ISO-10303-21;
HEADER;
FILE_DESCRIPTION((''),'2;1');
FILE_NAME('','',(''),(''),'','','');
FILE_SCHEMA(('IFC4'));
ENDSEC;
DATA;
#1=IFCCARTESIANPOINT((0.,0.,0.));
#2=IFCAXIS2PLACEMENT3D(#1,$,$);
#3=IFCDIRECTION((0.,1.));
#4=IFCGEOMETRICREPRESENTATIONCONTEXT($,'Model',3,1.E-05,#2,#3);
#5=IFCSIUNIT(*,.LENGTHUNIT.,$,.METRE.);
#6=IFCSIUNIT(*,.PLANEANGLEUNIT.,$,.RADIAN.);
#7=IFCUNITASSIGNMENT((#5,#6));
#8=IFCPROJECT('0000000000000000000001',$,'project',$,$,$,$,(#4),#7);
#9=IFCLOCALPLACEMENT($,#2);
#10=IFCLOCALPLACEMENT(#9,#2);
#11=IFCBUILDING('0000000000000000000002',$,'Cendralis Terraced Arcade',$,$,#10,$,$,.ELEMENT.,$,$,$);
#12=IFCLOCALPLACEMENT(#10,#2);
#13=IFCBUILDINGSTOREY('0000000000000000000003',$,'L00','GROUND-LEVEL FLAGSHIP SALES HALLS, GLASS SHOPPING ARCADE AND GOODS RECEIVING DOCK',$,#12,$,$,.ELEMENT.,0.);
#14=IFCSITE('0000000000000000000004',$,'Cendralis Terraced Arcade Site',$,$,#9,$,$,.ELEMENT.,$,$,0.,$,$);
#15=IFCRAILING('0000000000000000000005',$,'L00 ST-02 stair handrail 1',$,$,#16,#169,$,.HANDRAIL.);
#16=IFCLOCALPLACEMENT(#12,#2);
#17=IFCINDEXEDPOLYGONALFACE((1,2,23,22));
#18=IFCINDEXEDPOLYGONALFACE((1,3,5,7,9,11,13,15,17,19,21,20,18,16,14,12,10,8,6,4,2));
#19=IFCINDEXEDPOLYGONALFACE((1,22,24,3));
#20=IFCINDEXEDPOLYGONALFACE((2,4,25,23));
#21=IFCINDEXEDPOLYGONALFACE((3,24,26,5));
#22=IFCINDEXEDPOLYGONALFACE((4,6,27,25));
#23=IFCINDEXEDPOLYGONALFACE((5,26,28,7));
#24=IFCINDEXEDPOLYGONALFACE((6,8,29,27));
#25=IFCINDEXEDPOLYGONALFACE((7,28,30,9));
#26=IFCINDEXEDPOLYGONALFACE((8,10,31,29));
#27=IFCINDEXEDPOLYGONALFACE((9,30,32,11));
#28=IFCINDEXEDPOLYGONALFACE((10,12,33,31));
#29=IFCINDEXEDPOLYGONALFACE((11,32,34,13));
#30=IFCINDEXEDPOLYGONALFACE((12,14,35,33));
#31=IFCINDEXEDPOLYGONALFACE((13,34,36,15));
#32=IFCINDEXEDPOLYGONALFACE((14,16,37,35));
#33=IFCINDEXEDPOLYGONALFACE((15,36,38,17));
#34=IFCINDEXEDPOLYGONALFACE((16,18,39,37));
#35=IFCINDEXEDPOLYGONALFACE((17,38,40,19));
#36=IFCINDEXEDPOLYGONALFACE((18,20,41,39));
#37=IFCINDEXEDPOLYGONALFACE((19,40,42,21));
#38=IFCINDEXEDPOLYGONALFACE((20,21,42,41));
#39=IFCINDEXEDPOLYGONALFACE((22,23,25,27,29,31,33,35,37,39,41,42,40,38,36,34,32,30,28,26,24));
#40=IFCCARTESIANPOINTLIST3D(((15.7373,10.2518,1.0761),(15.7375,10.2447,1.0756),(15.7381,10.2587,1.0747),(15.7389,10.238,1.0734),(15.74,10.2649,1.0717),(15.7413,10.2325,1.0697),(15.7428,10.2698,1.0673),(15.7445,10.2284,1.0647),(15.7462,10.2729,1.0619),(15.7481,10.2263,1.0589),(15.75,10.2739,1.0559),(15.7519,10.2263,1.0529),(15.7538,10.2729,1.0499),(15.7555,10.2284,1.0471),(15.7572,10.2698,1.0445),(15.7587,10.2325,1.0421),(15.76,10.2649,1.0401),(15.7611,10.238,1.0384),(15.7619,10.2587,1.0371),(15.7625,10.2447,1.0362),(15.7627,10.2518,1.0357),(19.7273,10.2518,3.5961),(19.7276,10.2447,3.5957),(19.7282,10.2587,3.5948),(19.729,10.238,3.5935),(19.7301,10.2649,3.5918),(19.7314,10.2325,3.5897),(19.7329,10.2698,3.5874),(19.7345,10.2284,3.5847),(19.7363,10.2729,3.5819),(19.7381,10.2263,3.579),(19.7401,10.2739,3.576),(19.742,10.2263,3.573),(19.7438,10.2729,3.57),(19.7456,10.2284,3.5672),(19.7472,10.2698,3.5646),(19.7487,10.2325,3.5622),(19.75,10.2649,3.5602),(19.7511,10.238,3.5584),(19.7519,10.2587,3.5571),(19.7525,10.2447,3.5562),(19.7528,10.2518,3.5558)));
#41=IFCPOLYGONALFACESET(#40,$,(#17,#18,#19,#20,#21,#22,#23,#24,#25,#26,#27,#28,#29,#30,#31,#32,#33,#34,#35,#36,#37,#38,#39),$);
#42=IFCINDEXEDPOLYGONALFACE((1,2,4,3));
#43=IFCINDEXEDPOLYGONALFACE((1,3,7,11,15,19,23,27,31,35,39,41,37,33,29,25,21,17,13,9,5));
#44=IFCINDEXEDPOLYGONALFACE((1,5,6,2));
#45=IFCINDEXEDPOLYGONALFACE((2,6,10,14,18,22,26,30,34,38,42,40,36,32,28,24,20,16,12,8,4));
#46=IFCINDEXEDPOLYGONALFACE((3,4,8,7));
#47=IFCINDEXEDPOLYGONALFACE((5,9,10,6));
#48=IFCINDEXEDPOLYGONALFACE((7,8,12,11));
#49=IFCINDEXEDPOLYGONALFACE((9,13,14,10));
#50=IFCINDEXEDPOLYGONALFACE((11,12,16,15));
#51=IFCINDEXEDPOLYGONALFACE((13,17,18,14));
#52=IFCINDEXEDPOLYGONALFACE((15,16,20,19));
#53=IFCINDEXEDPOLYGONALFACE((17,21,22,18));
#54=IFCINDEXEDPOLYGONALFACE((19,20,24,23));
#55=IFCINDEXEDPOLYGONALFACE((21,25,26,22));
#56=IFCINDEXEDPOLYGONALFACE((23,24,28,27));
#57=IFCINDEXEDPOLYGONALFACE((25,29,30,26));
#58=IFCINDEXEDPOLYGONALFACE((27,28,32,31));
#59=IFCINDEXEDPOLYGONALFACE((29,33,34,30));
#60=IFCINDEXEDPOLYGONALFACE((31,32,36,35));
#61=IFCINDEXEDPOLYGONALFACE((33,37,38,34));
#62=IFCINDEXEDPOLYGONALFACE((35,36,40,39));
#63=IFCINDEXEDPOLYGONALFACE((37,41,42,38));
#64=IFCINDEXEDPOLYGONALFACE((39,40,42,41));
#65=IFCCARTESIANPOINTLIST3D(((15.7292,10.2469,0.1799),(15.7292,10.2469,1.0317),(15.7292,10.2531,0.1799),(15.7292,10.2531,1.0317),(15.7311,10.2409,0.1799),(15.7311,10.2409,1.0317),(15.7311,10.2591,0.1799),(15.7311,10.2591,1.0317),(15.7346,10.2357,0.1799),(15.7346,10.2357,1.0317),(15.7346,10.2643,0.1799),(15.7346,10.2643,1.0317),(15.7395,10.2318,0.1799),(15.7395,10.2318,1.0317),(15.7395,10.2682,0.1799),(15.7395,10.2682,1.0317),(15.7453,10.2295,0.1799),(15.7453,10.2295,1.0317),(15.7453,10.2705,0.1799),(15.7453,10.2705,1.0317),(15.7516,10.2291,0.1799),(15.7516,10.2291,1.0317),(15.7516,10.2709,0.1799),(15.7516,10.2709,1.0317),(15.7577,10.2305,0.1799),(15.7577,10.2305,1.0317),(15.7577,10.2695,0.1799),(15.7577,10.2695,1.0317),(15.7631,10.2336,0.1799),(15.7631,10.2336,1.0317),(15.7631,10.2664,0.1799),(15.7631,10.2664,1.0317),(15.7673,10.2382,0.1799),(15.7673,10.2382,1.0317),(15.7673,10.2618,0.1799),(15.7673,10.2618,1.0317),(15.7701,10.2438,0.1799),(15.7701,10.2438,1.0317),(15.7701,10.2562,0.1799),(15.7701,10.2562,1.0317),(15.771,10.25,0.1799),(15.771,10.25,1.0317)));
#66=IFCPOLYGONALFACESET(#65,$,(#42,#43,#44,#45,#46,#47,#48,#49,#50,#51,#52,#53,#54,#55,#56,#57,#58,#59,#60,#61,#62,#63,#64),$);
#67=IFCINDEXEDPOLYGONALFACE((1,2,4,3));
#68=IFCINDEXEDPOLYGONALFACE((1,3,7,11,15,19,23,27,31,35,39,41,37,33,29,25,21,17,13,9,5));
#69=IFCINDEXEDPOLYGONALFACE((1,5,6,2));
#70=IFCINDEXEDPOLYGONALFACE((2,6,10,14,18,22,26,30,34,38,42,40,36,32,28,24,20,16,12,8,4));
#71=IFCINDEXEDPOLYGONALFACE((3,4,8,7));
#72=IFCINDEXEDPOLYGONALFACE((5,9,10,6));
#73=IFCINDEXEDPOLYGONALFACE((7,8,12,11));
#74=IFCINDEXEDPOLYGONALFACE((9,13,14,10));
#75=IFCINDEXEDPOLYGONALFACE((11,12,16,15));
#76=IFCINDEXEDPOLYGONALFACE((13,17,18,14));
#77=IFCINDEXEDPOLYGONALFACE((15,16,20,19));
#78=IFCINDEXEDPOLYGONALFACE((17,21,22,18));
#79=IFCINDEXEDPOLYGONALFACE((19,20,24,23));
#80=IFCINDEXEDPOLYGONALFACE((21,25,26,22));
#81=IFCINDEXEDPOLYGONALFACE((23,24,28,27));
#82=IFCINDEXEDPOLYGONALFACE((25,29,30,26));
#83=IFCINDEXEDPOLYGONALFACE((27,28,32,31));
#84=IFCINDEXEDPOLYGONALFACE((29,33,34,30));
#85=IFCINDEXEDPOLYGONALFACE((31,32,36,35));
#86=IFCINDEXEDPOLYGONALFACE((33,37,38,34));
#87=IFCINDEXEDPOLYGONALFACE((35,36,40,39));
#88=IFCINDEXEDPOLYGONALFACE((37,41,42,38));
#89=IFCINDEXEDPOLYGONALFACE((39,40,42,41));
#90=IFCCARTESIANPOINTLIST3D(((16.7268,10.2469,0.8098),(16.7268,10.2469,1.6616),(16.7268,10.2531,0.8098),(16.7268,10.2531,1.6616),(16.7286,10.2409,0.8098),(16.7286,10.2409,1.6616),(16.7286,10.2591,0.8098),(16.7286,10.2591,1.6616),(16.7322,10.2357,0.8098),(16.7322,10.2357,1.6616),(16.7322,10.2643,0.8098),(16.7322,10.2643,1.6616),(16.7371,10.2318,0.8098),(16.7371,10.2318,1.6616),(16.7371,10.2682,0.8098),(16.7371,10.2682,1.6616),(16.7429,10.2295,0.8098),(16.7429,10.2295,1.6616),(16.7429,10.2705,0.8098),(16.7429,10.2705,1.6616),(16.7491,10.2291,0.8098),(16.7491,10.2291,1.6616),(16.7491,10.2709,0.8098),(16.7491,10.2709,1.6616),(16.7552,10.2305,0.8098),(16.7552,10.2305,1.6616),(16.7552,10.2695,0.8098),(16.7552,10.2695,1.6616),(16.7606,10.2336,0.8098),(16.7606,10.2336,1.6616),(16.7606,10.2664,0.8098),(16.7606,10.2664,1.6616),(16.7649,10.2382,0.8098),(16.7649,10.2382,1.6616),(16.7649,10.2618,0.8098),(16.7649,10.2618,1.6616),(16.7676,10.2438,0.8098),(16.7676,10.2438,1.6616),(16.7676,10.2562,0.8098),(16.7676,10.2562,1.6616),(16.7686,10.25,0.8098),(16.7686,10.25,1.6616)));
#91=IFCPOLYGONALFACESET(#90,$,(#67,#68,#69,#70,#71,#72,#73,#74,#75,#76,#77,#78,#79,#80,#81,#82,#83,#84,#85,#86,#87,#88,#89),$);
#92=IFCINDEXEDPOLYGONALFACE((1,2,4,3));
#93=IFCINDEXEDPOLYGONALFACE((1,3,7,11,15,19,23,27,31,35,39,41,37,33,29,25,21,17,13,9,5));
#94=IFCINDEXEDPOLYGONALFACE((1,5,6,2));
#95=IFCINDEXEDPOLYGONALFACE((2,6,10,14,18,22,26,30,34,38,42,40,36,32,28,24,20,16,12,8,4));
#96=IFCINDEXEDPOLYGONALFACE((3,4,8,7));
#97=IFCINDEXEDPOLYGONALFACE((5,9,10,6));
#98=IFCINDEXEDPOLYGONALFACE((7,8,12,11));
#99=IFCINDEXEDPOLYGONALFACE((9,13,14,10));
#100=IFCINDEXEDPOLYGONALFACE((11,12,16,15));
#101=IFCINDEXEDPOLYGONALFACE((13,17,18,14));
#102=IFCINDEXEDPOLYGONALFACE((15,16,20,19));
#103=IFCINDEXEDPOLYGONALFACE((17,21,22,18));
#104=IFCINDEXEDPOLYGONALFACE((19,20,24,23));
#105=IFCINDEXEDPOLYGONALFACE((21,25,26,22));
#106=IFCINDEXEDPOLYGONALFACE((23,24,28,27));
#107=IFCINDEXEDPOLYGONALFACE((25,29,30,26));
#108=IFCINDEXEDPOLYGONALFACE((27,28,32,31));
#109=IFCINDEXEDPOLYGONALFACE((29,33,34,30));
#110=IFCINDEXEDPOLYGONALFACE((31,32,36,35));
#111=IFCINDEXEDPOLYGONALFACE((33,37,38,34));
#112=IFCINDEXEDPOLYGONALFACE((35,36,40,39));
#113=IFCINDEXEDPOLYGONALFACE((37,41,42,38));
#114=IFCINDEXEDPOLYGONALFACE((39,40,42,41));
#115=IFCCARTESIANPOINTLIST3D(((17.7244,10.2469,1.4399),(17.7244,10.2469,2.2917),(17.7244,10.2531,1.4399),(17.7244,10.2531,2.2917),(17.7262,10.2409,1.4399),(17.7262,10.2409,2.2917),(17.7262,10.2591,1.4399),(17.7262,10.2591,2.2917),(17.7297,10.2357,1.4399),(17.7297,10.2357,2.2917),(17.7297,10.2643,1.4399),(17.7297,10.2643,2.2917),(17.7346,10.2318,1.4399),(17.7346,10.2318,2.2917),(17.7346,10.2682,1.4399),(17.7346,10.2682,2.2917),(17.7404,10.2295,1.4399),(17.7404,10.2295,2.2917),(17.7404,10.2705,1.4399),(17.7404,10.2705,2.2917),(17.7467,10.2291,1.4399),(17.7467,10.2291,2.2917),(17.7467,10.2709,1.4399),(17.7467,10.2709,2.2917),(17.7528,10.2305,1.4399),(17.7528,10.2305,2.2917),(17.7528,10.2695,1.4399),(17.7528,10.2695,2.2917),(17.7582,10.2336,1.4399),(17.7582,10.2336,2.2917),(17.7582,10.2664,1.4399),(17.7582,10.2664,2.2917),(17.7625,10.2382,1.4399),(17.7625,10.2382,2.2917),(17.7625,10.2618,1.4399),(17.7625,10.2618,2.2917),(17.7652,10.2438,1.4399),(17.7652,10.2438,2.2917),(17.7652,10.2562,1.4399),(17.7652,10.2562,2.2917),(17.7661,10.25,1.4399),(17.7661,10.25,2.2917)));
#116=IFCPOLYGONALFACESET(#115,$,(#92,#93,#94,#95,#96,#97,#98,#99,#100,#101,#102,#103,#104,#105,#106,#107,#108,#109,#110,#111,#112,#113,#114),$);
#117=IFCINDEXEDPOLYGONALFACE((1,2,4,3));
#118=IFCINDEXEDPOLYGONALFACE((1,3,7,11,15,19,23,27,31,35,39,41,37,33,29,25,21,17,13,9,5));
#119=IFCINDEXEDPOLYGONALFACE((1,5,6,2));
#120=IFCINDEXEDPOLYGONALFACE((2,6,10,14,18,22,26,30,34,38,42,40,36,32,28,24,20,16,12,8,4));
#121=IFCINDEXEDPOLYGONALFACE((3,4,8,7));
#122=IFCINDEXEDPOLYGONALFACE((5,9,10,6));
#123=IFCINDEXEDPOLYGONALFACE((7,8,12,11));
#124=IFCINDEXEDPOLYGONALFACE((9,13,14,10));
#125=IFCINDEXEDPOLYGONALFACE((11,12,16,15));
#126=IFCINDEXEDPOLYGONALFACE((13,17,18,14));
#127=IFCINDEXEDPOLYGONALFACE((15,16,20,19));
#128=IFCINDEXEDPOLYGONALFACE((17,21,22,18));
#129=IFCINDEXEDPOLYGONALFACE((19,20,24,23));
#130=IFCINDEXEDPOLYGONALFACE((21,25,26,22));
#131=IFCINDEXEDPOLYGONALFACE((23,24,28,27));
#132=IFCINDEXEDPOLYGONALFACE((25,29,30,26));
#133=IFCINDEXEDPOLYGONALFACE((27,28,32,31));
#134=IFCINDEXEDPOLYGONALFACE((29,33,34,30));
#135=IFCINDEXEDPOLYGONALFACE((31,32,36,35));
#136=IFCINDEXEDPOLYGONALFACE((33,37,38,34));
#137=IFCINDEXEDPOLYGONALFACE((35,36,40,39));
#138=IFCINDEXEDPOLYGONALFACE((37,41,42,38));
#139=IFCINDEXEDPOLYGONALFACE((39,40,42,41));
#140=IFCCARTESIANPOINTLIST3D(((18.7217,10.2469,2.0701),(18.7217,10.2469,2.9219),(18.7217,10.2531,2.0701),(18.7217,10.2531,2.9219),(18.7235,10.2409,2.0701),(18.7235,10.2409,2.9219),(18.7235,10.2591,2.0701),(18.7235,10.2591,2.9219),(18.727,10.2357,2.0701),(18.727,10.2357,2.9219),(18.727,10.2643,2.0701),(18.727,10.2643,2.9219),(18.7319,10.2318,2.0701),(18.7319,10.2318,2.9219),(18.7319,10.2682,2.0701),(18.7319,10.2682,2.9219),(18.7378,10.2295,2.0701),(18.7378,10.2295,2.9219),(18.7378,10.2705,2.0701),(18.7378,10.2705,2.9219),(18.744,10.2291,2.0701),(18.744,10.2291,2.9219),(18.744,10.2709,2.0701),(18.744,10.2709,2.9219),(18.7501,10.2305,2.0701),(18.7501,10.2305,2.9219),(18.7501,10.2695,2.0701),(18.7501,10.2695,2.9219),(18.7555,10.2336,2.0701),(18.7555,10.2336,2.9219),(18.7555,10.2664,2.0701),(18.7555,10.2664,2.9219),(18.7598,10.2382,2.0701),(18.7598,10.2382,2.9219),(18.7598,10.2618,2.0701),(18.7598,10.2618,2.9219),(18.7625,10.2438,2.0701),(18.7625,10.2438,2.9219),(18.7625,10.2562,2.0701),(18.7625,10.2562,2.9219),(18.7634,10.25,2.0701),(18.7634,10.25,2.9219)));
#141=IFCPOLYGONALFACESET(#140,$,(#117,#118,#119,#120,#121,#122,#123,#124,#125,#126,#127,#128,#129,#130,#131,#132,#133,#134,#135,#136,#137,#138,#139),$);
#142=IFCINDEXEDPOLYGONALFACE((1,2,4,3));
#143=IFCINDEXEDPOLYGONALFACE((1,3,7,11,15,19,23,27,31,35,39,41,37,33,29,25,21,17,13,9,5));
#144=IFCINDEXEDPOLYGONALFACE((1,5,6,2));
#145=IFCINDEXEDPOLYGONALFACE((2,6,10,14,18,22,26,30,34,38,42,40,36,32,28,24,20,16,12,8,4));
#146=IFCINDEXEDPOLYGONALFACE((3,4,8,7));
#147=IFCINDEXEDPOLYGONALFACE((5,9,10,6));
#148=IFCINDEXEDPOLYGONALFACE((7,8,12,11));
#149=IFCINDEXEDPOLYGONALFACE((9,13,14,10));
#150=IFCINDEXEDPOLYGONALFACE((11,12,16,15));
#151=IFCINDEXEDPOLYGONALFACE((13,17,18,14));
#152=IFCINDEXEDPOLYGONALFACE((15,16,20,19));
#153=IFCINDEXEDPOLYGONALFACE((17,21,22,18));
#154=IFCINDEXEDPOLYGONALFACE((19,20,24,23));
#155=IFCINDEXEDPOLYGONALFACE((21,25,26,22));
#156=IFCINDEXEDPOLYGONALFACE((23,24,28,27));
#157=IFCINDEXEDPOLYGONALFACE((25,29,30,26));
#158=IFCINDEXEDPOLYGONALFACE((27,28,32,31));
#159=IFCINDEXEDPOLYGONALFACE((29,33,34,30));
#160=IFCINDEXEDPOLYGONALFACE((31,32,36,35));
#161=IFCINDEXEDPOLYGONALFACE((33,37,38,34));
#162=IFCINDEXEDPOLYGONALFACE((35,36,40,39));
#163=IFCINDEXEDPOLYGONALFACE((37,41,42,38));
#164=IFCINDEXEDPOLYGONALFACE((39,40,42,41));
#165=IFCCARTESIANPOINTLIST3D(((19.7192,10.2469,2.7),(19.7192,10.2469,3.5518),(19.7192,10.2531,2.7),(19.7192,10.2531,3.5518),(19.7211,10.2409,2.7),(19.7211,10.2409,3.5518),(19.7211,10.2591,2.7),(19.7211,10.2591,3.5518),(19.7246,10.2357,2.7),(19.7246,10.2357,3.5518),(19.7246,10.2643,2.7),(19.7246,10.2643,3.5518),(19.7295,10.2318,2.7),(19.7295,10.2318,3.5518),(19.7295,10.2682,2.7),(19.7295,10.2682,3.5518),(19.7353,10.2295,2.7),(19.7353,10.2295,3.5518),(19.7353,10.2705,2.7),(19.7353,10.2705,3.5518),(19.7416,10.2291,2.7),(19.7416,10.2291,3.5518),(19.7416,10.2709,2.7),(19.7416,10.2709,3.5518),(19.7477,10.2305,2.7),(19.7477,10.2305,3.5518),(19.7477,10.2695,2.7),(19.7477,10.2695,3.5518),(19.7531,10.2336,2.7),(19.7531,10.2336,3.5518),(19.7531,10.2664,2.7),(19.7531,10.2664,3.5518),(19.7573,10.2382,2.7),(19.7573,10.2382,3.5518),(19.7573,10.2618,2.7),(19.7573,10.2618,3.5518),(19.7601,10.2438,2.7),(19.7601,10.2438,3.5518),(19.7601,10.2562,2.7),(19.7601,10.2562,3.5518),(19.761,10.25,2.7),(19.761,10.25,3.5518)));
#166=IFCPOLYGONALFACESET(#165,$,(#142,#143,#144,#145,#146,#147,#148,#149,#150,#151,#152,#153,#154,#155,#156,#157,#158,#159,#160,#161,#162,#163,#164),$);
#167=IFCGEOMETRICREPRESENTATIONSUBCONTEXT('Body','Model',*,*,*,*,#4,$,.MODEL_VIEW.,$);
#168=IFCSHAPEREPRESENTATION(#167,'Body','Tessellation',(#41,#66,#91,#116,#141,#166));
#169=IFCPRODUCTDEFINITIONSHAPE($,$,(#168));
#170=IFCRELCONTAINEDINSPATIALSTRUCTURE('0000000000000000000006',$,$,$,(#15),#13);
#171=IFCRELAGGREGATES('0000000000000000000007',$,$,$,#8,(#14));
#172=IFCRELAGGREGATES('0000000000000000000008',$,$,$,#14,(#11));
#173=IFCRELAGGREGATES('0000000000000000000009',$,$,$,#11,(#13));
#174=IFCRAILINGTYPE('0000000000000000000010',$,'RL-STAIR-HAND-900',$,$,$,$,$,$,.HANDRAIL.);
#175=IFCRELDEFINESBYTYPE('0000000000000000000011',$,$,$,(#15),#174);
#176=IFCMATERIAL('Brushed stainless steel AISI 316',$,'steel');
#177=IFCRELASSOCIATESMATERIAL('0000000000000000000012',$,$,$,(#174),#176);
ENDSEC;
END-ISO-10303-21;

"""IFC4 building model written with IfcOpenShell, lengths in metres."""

from ifc_helpers import new_model, si_unit, direction, frame, origin, origin_2d, place, context, subcontext, project, spatial, circle, extrude, material, type_object, element, save


model = new_model("IFC4")

# Units and contexts
model_context = context("Model", 3, precision=1e-05, world=origin(), true_north=direction((0.0, 1.0)))
body_context = subcontext(model_context, "Body", "Model", "MODEL_VIEW")
ifc_project = project(units=[si_unit("LENGTHUNIT", "METRE"), si_unit("PLANEANGLEUNIT", "RADIAN")], contexts=[model_context])

# Site, building, storey
site_placement = place(None, origin())
site = spatial("IfcSite", under=ifc_project, at=site_placement, Name="Cendralis Terraced Arcade Site", CompositionType="ELEMENT", RefElevation=0.0)
building_placement = place(site_placement, origin())
building = spatial("IfcBuilding", under=site, at=building_placement, Name="Cendralis Terraced Arcade", CompositionType="ELEMENT")
storey_placement = place(building_placement, origin())
storey = spatial("IfcBuildingStorey", under=building, at=storey_placement, Name="L00", Description="GROUND-LEVEL FLAGSHIP SALES HALLS, GLASS SHOPPING ARCADE AND GOODS RECEIVING DOCK", CompositionType="ELEMENT", Elevation=0.0)

# Railing
ifc_material_1 = material(Name="Brushed stainless steel AISI 316", Category="steel")
railing_type_1 = type_object("IfcRailingType", Name="RL-STAIR-HAND-900", PredefinedType="HANDRAIL", material=ifc_material_1)
railing_1_placement = place(storey_placement, frame((15.75, 10.25, 0.1799)))
element("IfcRailing", 1, at=railing_1_placement, inside=storey, type_object=railing_type_1, Name="L00 ST-02 stair handrail 1", PredefinedType="HANDRAIL", context=body_context, shape_type="SweptSolid", body=[
    extrude(circle(Radius=0.0239, at=origin_2d()), frame((0.0, 0.0, 0.876), z_axis=(0.845486, 0.0, 0.533997), x_axis=(0.0, 1.0, 0.0)), (0.0, 0.0, 1.0), 4.7192),
    extrude(circle(Radius=0.021, at=origin_2d()), origin(), (0.0, 0.0, 1.0), 0.8518),
    extrude(circle(Radius=0.021, at=origin_2d()), frame((0.9976, 0.0, 0.6299)), (0.0, 0.0, 1.0), 0.8518),
    extrude(circle(Radius=0.021, at=origin_2d()), frame((1.9951, 0.0, 1.26)), (0.0, 0.0, 1.0), 0.8518),
    extrude(circle(Radius=0.021, at=origin_2d()), frame((2.9924, 0.0, 1.8901)), (0.0, 0.0, 1.0), 0.8518),
    extrude(circle(Radius=0.021, at=origin_2d()), frame((3.99, 0.0, 2.52)), (0.0, 0.0, 1.0), 0.8518),
])

save(model, "model.ifc")
